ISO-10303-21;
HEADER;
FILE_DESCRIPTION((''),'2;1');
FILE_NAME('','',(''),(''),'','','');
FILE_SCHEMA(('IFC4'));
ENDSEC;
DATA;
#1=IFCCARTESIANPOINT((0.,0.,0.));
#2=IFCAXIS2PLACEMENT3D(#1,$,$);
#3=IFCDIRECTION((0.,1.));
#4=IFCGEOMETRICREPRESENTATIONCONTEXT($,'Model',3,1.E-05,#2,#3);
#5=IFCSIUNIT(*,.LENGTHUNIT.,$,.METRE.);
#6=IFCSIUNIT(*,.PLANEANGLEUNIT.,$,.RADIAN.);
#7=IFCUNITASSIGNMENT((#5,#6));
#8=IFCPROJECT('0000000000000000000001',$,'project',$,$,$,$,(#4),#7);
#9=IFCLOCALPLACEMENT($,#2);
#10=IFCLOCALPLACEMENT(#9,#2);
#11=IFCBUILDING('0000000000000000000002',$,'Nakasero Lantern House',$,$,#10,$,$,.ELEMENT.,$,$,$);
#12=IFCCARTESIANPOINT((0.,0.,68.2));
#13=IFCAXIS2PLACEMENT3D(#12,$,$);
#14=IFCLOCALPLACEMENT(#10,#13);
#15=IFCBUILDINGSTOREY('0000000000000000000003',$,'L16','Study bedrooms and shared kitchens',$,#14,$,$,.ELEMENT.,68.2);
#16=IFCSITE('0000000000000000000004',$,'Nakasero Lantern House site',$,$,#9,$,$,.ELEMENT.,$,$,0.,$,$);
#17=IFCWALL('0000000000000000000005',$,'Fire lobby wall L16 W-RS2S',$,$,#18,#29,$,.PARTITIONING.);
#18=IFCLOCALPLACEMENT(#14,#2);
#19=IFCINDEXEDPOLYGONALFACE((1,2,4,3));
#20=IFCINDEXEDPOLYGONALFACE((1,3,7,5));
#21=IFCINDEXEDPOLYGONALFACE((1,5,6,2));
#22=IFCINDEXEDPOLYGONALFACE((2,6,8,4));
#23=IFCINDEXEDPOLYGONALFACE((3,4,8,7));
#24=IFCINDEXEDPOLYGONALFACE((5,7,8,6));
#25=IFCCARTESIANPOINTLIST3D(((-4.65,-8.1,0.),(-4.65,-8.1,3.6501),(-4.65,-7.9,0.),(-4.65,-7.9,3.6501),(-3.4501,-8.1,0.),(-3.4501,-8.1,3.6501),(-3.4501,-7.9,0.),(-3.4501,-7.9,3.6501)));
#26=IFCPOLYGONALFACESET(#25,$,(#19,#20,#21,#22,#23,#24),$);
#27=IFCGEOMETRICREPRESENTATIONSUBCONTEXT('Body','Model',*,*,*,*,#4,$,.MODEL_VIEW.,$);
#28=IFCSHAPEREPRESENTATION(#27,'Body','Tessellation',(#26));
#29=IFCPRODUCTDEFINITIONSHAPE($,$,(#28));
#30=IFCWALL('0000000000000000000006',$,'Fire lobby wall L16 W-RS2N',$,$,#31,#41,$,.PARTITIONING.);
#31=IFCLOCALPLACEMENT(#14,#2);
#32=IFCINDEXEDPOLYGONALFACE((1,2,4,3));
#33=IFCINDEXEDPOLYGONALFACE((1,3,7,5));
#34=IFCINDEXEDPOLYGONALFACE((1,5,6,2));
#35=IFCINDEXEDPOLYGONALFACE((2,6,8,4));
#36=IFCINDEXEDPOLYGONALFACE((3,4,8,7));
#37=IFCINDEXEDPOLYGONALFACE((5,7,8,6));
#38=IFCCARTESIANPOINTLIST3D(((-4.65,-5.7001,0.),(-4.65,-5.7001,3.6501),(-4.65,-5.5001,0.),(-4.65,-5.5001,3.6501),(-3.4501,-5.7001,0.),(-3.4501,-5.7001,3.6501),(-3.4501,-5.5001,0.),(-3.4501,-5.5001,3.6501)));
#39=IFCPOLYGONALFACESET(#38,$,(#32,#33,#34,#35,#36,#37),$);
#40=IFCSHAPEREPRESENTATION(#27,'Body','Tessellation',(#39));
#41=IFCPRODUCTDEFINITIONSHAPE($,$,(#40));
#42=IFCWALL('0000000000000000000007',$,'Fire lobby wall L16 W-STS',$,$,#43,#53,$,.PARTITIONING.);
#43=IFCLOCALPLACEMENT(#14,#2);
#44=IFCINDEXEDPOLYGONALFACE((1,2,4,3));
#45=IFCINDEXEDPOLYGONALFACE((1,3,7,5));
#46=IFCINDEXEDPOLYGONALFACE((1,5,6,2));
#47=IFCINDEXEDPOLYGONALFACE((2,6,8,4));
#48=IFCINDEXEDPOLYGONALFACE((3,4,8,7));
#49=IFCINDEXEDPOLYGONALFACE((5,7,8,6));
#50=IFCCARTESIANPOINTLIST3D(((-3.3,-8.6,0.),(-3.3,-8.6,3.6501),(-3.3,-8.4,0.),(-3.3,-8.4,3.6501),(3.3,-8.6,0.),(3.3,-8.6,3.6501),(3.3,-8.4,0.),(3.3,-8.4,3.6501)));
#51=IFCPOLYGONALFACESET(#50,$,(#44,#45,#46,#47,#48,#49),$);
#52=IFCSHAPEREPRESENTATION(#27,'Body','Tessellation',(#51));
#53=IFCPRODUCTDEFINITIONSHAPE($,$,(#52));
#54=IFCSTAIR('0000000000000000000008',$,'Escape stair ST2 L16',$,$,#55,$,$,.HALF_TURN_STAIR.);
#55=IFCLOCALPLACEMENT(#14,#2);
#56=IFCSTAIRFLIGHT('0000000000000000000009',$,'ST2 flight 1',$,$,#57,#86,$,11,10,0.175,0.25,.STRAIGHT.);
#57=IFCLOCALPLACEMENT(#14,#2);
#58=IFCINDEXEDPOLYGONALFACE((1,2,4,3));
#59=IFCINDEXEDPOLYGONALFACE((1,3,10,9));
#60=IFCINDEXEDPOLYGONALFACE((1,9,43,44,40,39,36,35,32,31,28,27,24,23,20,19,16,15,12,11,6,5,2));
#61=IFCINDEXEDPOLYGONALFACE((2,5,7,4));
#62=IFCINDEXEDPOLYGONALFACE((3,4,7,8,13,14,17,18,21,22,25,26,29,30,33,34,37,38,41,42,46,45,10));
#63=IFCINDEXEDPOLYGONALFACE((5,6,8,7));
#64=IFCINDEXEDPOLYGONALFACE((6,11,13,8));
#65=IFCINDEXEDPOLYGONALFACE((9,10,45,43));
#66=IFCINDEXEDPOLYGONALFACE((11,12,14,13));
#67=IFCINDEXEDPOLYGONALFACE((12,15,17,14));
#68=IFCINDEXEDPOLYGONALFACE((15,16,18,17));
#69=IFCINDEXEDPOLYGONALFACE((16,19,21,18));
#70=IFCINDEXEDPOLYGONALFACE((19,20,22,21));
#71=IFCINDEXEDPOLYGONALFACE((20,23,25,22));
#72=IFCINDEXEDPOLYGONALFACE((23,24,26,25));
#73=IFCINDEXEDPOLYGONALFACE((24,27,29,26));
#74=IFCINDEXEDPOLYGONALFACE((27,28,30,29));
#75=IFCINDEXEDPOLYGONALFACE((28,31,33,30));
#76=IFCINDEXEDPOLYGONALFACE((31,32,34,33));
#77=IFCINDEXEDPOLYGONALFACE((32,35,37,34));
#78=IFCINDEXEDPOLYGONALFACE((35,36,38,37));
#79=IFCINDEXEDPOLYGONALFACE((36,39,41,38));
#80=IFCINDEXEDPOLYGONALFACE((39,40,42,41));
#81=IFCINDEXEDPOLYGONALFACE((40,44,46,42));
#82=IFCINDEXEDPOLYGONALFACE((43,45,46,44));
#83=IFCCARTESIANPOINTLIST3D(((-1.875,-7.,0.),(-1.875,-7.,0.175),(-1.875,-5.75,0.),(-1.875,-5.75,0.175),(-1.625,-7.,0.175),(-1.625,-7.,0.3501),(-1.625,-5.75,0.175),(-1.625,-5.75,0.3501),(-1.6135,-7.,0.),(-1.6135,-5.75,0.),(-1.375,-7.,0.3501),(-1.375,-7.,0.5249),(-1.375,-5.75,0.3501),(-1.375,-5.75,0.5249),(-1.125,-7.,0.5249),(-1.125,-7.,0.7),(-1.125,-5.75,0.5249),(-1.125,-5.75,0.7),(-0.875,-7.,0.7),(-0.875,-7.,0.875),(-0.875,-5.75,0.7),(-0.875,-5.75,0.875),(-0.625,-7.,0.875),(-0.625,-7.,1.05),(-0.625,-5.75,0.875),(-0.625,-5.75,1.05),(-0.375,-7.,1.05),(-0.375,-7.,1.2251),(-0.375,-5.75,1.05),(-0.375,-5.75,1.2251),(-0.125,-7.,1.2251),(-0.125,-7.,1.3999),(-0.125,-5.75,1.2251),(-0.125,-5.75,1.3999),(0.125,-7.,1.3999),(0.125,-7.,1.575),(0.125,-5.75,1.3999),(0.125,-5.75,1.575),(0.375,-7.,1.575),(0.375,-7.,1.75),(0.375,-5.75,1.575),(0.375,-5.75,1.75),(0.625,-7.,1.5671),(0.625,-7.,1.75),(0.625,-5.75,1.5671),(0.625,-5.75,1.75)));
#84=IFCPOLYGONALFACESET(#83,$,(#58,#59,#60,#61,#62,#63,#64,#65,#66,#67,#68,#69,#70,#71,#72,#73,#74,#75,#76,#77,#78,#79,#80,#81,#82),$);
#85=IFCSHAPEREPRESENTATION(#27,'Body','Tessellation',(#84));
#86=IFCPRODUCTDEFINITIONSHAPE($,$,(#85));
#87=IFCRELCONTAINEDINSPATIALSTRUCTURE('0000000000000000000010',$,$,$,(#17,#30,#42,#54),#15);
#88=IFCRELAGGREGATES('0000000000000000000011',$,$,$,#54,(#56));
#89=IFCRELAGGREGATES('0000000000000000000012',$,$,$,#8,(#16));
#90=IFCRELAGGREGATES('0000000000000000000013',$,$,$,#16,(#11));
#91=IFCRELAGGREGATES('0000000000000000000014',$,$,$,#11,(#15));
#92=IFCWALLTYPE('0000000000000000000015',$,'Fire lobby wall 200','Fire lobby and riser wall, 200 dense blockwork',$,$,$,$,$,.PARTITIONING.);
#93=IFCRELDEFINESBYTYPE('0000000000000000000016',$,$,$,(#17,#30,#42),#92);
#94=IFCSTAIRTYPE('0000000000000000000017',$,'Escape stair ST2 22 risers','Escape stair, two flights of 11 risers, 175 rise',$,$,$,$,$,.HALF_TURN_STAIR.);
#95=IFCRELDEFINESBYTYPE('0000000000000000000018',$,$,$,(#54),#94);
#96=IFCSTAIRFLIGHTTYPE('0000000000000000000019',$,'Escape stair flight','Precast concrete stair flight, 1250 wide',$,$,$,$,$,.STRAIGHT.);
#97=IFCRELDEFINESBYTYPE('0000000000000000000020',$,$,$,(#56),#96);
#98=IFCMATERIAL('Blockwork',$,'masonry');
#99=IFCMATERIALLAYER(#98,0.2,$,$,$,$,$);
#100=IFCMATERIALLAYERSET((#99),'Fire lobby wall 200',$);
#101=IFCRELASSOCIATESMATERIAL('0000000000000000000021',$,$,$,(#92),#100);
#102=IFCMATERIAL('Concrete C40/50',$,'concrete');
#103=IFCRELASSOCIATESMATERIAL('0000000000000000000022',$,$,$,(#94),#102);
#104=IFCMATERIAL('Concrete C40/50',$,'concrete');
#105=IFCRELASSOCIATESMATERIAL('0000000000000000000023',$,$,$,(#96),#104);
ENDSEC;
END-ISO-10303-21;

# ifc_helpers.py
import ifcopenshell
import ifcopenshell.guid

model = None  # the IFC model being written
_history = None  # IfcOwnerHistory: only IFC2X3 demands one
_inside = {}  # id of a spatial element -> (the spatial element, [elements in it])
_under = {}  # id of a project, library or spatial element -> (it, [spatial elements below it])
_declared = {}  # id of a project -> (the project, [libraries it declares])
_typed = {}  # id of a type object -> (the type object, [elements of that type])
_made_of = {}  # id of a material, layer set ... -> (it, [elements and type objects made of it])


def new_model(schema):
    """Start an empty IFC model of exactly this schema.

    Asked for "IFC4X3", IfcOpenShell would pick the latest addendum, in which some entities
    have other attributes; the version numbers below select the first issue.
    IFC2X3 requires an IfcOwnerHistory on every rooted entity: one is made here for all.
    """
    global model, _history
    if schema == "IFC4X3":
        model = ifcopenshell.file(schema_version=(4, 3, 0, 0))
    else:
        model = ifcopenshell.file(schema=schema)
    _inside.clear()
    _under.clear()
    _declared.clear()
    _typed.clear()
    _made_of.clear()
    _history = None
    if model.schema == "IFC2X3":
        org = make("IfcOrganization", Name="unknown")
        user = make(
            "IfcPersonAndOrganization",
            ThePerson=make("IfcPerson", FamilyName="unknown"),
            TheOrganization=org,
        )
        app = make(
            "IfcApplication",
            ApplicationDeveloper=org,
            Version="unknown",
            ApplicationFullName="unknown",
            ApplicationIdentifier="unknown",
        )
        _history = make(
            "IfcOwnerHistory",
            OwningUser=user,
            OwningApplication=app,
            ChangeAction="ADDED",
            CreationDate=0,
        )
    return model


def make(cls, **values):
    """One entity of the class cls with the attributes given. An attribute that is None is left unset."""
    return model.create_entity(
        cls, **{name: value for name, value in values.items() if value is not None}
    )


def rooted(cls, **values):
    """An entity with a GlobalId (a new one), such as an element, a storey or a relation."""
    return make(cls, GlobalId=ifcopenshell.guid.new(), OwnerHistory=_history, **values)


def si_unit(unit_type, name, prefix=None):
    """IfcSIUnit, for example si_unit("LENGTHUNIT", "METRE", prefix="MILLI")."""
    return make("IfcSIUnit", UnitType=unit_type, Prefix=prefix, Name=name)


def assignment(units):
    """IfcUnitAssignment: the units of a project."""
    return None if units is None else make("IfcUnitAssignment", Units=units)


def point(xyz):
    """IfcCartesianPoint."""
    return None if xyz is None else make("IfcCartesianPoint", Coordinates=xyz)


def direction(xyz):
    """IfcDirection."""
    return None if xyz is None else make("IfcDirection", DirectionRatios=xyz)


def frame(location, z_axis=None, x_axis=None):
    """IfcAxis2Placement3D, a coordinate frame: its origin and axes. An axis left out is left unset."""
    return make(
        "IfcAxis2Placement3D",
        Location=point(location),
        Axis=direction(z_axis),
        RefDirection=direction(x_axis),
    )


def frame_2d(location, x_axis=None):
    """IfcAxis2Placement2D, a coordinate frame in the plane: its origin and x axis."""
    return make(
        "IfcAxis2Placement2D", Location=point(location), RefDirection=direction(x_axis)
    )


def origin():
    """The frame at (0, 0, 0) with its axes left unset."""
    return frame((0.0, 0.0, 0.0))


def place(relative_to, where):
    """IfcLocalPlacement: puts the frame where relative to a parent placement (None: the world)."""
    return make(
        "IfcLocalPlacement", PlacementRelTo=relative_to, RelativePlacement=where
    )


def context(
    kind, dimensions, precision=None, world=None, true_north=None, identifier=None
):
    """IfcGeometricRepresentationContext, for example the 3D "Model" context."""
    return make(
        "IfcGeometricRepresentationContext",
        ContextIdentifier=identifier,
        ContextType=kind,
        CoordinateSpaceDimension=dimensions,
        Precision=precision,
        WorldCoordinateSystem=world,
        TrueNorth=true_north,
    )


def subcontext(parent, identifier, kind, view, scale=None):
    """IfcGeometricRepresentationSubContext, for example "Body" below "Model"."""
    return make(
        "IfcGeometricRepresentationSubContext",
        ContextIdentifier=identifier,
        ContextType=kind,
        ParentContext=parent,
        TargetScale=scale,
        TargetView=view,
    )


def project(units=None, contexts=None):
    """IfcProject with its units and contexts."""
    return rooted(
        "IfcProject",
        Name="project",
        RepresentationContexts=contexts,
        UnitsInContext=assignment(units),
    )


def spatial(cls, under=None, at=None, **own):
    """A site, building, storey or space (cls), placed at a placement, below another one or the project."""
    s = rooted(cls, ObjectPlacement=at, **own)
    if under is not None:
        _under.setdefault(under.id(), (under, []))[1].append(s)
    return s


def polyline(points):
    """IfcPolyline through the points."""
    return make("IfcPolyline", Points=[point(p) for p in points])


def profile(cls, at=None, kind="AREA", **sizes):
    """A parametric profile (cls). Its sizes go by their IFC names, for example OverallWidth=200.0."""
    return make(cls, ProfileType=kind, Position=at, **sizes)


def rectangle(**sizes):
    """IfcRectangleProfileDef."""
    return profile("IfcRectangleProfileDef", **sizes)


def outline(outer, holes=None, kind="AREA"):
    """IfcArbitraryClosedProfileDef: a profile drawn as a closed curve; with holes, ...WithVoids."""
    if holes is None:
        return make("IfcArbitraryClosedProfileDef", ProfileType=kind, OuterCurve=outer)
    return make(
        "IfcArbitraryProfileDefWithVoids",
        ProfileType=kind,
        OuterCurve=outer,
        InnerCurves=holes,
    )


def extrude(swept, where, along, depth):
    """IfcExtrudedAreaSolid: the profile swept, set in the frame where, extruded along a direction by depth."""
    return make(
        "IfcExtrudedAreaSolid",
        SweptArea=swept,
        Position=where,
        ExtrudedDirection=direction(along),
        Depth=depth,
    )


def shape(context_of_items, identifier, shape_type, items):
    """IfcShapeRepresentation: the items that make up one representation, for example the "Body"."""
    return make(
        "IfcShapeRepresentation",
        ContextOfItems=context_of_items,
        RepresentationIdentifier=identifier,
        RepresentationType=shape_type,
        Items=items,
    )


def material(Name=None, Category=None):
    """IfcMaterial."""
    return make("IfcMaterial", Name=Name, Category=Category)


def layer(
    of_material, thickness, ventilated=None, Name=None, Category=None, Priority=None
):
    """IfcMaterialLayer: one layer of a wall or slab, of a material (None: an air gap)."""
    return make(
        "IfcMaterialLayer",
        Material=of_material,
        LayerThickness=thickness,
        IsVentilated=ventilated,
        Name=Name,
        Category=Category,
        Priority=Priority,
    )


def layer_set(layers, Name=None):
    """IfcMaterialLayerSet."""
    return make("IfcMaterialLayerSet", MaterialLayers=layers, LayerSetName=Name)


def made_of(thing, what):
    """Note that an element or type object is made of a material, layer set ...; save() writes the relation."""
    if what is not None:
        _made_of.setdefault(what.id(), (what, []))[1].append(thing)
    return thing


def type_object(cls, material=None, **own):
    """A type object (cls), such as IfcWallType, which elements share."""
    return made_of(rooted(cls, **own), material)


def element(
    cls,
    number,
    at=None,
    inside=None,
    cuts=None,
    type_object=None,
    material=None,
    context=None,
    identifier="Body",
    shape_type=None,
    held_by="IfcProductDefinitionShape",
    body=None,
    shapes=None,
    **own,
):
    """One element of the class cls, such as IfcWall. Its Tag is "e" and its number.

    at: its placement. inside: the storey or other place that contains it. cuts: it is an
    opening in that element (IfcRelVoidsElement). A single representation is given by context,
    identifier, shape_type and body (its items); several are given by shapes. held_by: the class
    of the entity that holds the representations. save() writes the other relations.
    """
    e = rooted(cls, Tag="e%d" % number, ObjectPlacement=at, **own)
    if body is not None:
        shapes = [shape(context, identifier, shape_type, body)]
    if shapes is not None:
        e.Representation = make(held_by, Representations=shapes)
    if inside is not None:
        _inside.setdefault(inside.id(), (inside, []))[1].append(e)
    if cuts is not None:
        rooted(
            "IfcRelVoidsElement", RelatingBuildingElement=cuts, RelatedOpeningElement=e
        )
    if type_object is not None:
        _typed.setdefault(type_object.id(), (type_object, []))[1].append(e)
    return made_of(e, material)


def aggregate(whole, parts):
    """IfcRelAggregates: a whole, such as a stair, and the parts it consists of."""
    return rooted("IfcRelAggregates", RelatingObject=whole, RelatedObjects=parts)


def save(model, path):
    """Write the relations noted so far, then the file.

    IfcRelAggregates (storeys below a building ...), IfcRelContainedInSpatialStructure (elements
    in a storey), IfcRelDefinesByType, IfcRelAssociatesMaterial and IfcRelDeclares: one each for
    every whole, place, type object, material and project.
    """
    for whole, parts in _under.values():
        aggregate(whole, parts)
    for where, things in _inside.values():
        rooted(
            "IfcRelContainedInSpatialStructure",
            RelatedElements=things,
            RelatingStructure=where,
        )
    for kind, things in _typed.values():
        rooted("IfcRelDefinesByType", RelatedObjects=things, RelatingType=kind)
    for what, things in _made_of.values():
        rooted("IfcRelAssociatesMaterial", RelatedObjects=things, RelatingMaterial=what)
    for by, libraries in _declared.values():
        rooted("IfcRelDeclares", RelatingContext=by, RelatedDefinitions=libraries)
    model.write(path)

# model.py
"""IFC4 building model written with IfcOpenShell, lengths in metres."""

from ifc_helpers import new_model, si_unit, direction, frame, frame_2d, origin, place, context, subcontext, project, spatial, polyline, rectangle, outline, extrude, material, layer, layer_set, type_object, element, aggregate, save


model = new_model("IFC4")

# Units and contexts
model_context = context("Model", 3, precision=1e-05, world=origin(), true_north=direction((0.0, 1.0)))
body_context = subcontext(model_context, "Body", "Model", "MODEL_VIEW")
ifc_project = project(units=[si_unit("LENGTHUNIT", "METRE"), si_unit("PLANEANGLEUNIT", "RADIAN")], contexts=[model_context])

# Site, building, storey
site_placement = place(None, origin())
site = spatial("IfcSite", under=ifc_project, at=site_placement, Name="Nakasero Lantern House site", CompositionType="ELEMENT", RefElevation=0.0)
building_placement = place(site_placement, origin())
building = spatial("IfcBuilding", under=site, at=building_placement, Name="Nakasero Lantern House", CompositionType="ELEMENT")
storey_placement = place(building_placement, frame((0.0, 0.0, 68.2)))
storey = spatial("IfcBuildingStorey", under=building, at=storey_placement, Name="L16", Description="Study bedrooms and shared kitchens", CompositionType="ELEMENT", Elevation=68.2)

# Shared definitions
ifc_material_1 = material(Name="Blockwork", Category="masonry")
ifc_layer_1 = layer(ifc_material_1, 0.2)
ifc_layer_set_1 = layer_set([ifc_layer_1], Name="Fire lobby wall 200")
wall_type_1 = type_object("IfcWallType", Name="Fire lobby wall 200", Description="Fire lobby and riser wall, 200 dense blockwork", PredefinedType="PARTITIONING", material=ifc_layer_set_1)

# Walls
for number, where, z_axis, x_axis, name in (
    (1, (-3.45, -8.0, 0.0), (0.0, 0.0, 1.0), (-1.0, 0.0, 0.0), "Fire lobby wall L16 W-RS2S"),
    (2, (-3.45, -5.6001, 0.0), (0.0, 0.0, 1.0), (-1.0, 0.0, 0.0), "Fire lobby wall L16 W-RS2N"),
):
    element("IfcWall", number, at=place(storey_placement, frame(where, z_axis=z_axis, x_axis=x_axis)), inside=storey, type_object=wall_type_1, Name=name, PredefinedType="PARTITIONING", context=body_context, shape_type="SweptSolid", body=[
        extrude(rectangle(XDim=1.2, YDim=0.2, at=frame_2d((0.6001, 0.0))), origin(), (0.0, 0.0, 1.0), 3.6501),
    ])
wall_1_placement = place(storey_placement, frame((-3.3, -8.5, 0.0), z_axis=(0.0, 0.0, 1.0), x_axis=(1.0, 0.0, 0.0)))
element("IfcWall", 3, at=wall_1_placement, inside=storey, type_object=wall_type_1, Name="Fire lobby wall L16 W-STS", PredefinedType="PARTITIONING", context=body_context, shape_type="SweptSolid", body=[
    extrude(rectangle(XDim=6.6001, YDim=0.2, at=frame_2d((3.3, 0.0))), origin(), (0.0, 0.0, 1.0), 3.6501),
])

# Stair, stair flight
ifc_material_2 = material(Name="Concrete C40/50", Category="concrete")
stair_type = type_object("IfcStairType", Name="Escape stair ST2 22 risers", Description="Escape stair, two flights of 11 risers, 175 rise", PredefinedType="HALF_TURN_STAIR", material=ifc_material_2)
stair_placement = place(storey_placement, origin())
stair = element("IfcStair", 4, at=stair_placement, inside=storey, type_object=stair_type, Name="Escape stair ST2 L16", PredefinedType="HALF_TURN_STAIR")
ifc_material_3 = material(Name="Concrete C40/50", Category="concrete")
stair_flight_type = type_object("IfcStairFlightType", Name="Escape stair flight", Description="Precast concrete stair flight, 1250 wide", PredefinedType="STRAIGHT", material=ifc_material_3)
stair_flight_placement = place(storey_placement, frame((-1.875, -6.375, 0.0), z_axis=(0.0, 0.0, 1.0), x_axis=(1.0, 0.0, 0.0)))
stair_flight = element("IfcStairFlight", 5, at=stair_flight_placement, type_object=stair_flight_type, Name="ST2 flight 1", NumberOfRisers=11, NumberOfTreads=10, PredefinedType="STRAIGHT", RiserHeight=0.175, TreadLength=0.25, context=body_context, shape_type="SweptSolid", body=[
    extrude(outline(polyline([(0.0, 0.0), (0.0, 0.175), (0.25, 0.175), (0.25, 0.3501), (0.5, 0.3501), (0.5, 0.5249), (0.75, 0.5249), (0.75, 0.7), (1.0, 0.7), (1.0, 0.875), (1.25, 0.875), (1.25, 1.05), (1.5, 1.05), (1.5, 1.2251), (1.75, 1.2251), (1.75, 1.3999), (2.0, 1.3999), (2.0, 1.575), (2.25, 1.575), (2.25, 1.75), (2.5, 1.75), (2.5, 1.925), (2.5, 1.5671), (0.2615, 0.0), (0.0, 0.0)])), frame((0.0, 0.625, 0.0), z_axis=(0.0, -1.0, 0.0), x_axis=(1.0, 0.0, 0.0)), (0.0, 0.0, 1.0), 1.25),
])
aggregate(stair, [stair_flight])

save(model, "model.ifc")
